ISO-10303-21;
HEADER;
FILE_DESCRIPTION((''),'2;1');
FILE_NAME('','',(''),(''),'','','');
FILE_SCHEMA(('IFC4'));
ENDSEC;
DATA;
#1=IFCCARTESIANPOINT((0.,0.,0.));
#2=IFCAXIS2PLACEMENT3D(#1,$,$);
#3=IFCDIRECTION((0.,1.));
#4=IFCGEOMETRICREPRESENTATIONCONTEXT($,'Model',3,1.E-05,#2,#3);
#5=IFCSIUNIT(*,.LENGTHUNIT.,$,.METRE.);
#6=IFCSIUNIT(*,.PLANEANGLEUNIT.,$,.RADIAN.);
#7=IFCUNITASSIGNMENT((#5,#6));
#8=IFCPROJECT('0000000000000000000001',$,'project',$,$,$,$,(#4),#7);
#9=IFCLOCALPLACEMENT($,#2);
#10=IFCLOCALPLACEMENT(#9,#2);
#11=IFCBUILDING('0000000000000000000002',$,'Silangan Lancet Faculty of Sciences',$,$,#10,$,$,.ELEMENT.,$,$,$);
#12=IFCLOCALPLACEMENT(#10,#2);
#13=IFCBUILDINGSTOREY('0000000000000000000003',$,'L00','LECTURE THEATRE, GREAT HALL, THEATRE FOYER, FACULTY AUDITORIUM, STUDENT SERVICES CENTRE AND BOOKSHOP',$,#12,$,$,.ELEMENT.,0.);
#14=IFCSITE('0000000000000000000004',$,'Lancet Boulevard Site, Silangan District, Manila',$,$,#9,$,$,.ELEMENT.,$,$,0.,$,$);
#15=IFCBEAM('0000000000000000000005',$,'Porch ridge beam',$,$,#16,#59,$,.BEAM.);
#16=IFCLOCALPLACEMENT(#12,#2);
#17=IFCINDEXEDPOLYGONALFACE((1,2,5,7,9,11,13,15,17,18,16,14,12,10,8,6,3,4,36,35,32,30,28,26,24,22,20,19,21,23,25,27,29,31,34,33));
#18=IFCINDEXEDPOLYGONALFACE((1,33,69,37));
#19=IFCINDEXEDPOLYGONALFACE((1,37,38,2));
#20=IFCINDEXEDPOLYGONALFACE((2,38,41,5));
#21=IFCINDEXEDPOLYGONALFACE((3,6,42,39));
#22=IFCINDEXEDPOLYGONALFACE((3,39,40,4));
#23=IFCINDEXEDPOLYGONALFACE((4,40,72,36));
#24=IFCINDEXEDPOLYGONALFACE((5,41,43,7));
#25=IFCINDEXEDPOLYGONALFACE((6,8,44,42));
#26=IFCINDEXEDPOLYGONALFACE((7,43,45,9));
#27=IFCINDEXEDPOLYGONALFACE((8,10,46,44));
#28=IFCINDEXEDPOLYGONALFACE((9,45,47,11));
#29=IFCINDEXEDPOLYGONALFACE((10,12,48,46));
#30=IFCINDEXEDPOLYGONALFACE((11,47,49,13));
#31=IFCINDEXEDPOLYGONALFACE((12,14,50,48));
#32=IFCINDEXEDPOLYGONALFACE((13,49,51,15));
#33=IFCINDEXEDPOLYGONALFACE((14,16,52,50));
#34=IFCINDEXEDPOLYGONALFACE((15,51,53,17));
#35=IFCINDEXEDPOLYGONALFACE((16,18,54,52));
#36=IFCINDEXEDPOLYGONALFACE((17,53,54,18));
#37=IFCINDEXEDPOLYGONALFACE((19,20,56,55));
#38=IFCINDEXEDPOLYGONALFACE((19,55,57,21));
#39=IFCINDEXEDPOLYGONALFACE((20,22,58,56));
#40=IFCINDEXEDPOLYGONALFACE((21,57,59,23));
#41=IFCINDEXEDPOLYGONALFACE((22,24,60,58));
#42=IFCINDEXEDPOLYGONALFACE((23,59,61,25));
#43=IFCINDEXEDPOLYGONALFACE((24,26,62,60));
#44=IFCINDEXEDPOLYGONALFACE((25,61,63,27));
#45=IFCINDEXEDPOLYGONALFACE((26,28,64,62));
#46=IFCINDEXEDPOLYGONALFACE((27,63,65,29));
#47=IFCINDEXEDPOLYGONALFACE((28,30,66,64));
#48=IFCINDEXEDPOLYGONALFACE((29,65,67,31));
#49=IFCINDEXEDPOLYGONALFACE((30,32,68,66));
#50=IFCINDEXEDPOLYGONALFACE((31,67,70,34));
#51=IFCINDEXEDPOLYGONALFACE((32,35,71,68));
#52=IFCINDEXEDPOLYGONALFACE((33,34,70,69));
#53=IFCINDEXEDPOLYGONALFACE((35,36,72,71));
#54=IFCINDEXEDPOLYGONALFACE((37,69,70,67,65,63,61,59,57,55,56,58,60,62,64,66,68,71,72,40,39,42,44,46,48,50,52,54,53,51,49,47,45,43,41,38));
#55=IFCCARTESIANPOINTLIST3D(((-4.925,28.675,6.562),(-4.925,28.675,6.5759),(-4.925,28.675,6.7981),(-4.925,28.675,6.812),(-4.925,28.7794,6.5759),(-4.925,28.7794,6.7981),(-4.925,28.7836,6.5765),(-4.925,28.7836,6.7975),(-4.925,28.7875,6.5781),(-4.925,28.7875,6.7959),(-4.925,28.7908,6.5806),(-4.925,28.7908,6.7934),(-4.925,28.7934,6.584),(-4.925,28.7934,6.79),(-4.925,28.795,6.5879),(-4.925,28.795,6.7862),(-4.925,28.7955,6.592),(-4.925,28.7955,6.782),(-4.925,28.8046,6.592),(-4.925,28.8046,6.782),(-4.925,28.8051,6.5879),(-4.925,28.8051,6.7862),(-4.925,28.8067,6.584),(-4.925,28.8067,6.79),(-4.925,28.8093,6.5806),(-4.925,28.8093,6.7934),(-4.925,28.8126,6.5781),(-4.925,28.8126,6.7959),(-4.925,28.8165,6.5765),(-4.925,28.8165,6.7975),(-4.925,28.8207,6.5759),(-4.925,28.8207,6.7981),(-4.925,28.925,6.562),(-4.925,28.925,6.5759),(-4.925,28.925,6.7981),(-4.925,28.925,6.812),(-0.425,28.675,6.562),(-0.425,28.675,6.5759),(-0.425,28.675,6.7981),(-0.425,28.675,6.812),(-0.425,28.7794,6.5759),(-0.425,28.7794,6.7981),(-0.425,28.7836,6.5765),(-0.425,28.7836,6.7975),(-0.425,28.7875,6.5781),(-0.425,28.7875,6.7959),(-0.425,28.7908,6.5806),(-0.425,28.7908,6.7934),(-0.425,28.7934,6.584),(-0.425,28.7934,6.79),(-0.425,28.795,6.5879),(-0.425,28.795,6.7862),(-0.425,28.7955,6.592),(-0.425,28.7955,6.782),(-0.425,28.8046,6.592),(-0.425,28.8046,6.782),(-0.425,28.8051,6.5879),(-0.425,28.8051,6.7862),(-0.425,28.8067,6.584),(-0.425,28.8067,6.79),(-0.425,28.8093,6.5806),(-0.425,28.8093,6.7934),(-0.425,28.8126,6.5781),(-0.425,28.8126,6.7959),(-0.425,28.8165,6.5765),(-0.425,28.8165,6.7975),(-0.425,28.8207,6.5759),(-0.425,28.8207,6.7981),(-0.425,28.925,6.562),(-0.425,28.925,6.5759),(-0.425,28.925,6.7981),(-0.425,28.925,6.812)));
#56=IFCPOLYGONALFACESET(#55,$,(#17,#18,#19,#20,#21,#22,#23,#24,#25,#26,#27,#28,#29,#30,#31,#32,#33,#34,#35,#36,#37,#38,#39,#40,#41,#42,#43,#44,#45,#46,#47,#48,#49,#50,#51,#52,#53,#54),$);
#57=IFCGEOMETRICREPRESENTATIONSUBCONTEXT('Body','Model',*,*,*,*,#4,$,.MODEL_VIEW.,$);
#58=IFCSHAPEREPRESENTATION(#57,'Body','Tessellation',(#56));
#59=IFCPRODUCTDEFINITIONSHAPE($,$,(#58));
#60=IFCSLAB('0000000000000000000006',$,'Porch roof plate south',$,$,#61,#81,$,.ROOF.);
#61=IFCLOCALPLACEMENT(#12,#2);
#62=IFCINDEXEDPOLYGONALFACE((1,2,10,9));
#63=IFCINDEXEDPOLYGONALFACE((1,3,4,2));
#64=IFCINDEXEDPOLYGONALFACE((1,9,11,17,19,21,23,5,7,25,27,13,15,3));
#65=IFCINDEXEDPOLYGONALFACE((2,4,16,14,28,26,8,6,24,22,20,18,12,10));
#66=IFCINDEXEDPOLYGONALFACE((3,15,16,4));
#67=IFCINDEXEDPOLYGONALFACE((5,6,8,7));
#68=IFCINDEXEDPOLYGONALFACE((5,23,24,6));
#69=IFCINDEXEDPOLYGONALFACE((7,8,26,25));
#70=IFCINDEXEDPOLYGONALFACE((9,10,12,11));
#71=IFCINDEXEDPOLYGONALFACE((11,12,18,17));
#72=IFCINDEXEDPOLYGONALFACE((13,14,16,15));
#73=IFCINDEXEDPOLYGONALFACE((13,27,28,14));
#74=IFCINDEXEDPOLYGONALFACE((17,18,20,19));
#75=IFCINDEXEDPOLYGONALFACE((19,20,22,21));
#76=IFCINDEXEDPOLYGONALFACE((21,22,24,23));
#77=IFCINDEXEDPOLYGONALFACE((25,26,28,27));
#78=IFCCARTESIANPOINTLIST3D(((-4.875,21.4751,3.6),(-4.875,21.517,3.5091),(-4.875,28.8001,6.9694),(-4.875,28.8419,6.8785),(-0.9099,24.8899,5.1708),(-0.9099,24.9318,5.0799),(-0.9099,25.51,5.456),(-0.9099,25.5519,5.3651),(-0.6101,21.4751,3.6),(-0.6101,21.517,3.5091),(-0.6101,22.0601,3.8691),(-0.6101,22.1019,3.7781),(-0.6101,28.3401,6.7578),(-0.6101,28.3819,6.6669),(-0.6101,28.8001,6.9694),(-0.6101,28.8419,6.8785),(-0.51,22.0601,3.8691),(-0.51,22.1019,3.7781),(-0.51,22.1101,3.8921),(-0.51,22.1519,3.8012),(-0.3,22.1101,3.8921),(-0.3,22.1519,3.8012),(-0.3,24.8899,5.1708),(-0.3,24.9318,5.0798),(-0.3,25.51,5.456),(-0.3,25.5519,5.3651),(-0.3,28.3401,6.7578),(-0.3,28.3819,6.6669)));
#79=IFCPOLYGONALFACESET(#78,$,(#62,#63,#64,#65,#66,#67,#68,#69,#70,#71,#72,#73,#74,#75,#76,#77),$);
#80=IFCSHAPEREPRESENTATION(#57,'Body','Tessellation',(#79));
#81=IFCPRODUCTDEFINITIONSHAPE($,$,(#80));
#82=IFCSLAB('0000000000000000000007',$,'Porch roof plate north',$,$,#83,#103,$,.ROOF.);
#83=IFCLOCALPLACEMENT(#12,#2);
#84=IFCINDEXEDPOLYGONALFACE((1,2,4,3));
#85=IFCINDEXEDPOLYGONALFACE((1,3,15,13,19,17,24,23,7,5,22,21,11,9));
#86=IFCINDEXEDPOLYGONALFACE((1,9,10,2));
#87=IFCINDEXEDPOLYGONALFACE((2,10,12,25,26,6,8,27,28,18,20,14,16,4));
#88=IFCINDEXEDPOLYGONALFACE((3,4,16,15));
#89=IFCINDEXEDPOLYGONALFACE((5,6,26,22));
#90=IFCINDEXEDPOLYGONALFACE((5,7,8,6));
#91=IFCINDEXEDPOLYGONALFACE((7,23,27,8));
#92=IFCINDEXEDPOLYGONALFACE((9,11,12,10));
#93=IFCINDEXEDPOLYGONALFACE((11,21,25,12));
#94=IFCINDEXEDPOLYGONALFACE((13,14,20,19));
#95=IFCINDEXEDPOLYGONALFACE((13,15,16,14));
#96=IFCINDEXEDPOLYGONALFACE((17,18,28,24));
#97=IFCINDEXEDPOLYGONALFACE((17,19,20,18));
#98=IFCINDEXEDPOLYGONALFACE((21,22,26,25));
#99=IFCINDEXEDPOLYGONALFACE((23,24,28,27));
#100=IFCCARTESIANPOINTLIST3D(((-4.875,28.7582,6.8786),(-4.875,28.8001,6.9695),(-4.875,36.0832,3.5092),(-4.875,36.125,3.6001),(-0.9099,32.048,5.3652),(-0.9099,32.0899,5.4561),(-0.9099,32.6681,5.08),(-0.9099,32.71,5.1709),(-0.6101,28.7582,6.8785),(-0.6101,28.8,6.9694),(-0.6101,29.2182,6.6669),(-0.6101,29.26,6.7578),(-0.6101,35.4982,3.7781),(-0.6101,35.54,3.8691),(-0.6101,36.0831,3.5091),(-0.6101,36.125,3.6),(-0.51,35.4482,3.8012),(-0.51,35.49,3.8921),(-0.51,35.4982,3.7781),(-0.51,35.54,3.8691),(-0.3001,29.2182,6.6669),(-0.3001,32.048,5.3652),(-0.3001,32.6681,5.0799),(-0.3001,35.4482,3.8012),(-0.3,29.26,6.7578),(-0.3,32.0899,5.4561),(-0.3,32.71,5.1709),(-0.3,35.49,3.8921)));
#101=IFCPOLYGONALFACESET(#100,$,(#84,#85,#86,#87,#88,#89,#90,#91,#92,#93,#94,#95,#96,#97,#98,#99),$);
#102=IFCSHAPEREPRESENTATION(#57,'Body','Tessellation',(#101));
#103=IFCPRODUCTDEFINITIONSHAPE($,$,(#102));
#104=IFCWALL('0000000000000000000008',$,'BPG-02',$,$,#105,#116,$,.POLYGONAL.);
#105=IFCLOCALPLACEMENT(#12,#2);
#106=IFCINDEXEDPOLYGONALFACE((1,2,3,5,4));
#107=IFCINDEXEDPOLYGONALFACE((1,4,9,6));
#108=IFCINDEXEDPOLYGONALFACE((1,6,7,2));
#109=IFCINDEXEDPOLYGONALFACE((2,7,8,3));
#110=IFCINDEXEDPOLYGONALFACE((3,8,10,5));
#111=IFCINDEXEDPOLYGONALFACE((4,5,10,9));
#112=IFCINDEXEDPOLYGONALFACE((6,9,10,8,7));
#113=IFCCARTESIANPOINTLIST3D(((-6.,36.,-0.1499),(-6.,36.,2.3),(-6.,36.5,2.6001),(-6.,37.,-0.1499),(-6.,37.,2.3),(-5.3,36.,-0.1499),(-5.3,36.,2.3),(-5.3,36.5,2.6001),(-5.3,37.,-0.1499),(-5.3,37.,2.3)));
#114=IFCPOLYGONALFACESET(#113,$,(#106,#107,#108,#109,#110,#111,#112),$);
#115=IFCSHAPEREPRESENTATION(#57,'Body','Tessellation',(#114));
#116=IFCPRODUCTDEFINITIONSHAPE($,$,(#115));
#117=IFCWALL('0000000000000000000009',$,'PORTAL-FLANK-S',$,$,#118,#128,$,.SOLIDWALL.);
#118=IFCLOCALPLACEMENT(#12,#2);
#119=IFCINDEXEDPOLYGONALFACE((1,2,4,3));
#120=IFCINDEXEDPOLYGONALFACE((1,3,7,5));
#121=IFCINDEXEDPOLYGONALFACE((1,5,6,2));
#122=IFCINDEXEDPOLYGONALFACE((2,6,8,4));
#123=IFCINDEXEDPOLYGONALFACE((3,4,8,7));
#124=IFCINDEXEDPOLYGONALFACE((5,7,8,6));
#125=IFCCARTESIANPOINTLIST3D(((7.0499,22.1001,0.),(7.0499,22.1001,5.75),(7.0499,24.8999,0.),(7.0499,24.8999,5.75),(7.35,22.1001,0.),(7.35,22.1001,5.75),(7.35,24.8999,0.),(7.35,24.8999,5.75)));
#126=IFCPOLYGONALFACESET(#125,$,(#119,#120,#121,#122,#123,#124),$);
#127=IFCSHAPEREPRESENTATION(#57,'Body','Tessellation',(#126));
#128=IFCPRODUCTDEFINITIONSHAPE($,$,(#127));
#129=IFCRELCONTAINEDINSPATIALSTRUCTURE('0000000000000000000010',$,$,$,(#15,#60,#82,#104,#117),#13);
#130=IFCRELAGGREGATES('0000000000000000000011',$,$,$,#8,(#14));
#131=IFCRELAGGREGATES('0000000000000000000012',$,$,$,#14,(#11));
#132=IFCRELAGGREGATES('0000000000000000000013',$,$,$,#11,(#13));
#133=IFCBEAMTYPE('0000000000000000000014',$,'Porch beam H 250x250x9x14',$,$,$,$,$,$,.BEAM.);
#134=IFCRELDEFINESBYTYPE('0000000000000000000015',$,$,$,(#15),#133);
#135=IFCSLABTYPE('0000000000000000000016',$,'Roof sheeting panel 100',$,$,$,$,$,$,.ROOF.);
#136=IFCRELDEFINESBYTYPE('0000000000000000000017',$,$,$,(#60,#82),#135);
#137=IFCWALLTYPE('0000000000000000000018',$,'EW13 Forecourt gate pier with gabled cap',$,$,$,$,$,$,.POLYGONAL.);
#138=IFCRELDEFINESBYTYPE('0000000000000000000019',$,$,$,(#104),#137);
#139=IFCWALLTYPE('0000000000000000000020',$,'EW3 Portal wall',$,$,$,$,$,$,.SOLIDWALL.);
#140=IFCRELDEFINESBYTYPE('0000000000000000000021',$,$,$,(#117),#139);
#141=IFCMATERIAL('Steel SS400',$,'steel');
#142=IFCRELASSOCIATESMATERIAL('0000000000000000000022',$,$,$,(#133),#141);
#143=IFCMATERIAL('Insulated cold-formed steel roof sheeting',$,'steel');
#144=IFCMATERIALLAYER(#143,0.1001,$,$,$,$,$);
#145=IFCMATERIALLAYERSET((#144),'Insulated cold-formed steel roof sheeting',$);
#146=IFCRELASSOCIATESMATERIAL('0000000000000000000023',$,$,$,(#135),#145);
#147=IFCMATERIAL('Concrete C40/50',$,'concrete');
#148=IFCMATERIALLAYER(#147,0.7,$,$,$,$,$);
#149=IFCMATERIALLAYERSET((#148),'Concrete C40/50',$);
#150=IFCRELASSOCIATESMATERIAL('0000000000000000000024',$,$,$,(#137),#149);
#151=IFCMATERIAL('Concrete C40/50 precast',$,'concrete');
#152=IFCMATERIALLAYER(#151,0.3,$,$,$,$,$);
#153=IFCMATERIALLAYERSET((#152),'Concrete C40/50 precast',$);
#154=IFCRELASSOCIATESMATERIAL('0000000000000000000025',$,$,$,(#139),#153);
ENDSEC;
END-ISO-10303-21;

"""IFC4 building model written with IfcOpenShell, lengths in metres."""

from ifc_helpers import new_model, si_unit, direction, frame, frame_2d, origin, origin_2d, place, context, subcontext, project, spatial, polyline, rectangle, i_section, outline, extrude, material, layer, layer_set, material_profile, profile_set, type_object, element, save


model = new_model("IFC4")

# Units and contexts
model_context = context("Model", 3, precision=1e-05, world=origin(), true_north=direction((0.0, 1.0)))
body_context = subcontext(model_context, "Body", "Model", "MODEL_VIEW")
ifc_project = project(units=[si_unit("LENGTHUNIT", "METRE"), si_unit("PLANEANGLEUNIT", "RADIAN")], contexts=[model_context])

# Site, building, storey
site_placement = place(None, origin())
site = spatial("IfcSite", under=ifc_project, at=site_placement, Name="Lancet Boulevard Site, Silangan District, Manila", CompositionType="ELEMENT", RefElevation=0.0)
building_placement = place(site_placement, origin())
building = spatial("IfcBuilding", under=site, at=building_placement, Name="Silangan Lancet Faculty of Sciences", CompositionType="ELEMENT")
storey_placement = place(building_placement, origin())
storey = spatial("IfcBuildingStorey", under=building, at=storey_placement, Name="L00", Description="LECTURE THEATRE, GREAT HALL, THEATRE FOYER, FACULTY AUDITORIUM, STUDENT SERVICES CENTRE AND BOOKSHOP", CompositionType="ELEMENT", Elevation=0.0)

# Beam
ifc_material_1 = material(Name="Steel SS400", Category="steel")
ifc_material_profile_1 = material_profile(ifc_material_1, i_section(OverallWidth=0.25, OverallDepth=0.25, WebThickness=0.009, FlangeThickness=0.0139, FilletRadius=0.0161, at=origin_2d()), Name="H 250x250x9x14")
ifc_profile_set_1 = profile_set([ifc_material_profile_1], Name="Steel SS400")
beam_type_1 = type_object("IfcBeamType", Name="Porch beam H 250x250x9x14", PredefinedType="BEAM", material=ifc_profile_set_1)
beam_1_placement = place(storey_placement, frame((-0.425, 28.8, 6.687), z_axis=(-1.0, 0.0, 0.0), x_axis=(0.0, -1.0, 0.0)))
element("IfcBeam", 1, at=beam_1_placement, inside=storey, type_object=beam_type_1, Name="Porch ridge beam", PredefinedType="BEAM", context=body_context, shape_type="SweptSolid", body=[
    extrude(i_section(OverallWidth=0.25, OverallDepth=0.25, WebThickness=0.009, FlangeThickness=0.0139, FilletRadius=0.0161, at=origin_2d()), origin(), (0.0, 0.0, 1.0), 4.5),
])

# Slabs
ifc_material_2 = material(Name="Insulated cold-formed steel roof sheeting", Category="steel")
ifc_layer_1 = layer(ifc_material_2, 0.1001)
ifc_layer_set_1 = layer_set([ifc_layer_1], Name="Insulated cold-formed steel roof sheeting")
slab_type = type_object("IfcSlabType", Name="Roof sheeting panel 100", PredefinedType="ROOF", material=ifc_layer_set_1)
slab_1_placement = place(storey_placement, frame((-0.3, 22.1101, 3.8921), z_axis=(0.000009, -0.417897, 0.908494), x_axis=(-1.0, -0.000004, 0.000008)))
element("IfcSlab", 2, at=slab_1_placement, inside=storey, type_object=slab_type, Name="Porch roof plate south", PredefinedType="ROOF", context=body_context, shape_type="SweptSolid", body=[
    extrude(outline(polyline([(0.0, 0.0), (0.21, 0.0), (0.21, 0.0551), (0.3101, 0.0551), (0.3101, 0.6989), (4.575, 0.6989), (4.575, -7.3638), (0.3101, -7.3638), (0.3101, -6.8575), (0.0, -6.8575), (0.0, -3.7424), (0.6099, -3.7424), (0.6099, -3.0598), (0.0, -3.0598), (0.0, 0.0)])), origin(), (0.0, 0.0, -1.0), 0.1001),
])
slab_2_placement = place(storey_placement, frame((-0.3, 29.26, 6.7578), z_axis=(0.00002, 0.417897, 0.908494), x_axis=(-1.0, 0.000008, 0.000018)))
element("IfcSlab", 3, at=slab_2_placement, inside=storey, type_object=slab_type, Name="Porch roof plate north", PredefinedType="ROOF", context=body_context, shape_type="SweptSolid", body=[
    extrude(outline(polyline([(0.0, 0.0), (0.3101, 0.0), (0.3101, 0.5063), (4.575, 0.5063), (4.575, -7.5564), (0.3101, -7.5564), (0.3101, -6.9125), (0.21, -6.9125), (0.21, -6.8575), (0.0, -6.8575), (0.0, -3.7974), (0.6099, -3.7974), (0.6099, -3.1149), (0.0, -3.1149), (0.0, 0.0)])), origin(), (0.0, 0.0, -1.0), 0.1001),
])

# Walls
ifc_material_3 = material(Name="Concrete C40/50", Category="concrete")
ifc_layer_2 = layer(ifc_material_3, 0.7)
ifc_layer_set_2 = layer_set([ifc_layer_2], Name="Concrete C40/50")
wall_type_1 = type_object("IfcWallType", Name="EW13 Forecourt gate pier with gabled cap", PredefinedType="POLYGONAL", material=ifc_layer_set_2)
wall_1_placement = place(storey_placement, frame((-5.6499, 36.0, -0.1499), z_axis=(0.0, 0.0, 1.0), x_axis=(0.0, 1.0, 0.0)))
element("IfcWall", 4, at=wall_1_placement, inside=storey, type_object=wall_type_1, Name="BPG-02", PredefinedType="POLYGONAL", context=body_context, shape_type="SweptSolid", body=[
    extrude(outline(polyline([(0.0, 0.0), (1.0, 0.0), (1.0, 2.45), (0.5, 2.75), (0.0, 2.45), (0.0, 0.0)])), frame((0.0, 0.3501, 0.0), z_axis=(0.0, -1.0, 0.0), x_axis=(1.0, 0.0, 0.0)), (0.0, 0.0, 1.0), 0.7),
])
ifc_material_4 = material(Name="Concrete C40/50 precast", Category="concrete")
ifc_layer_3 = layer(ifc_material_4, 0.3)
ifc_layer_set_3 = layer_set([ifc_layer_3], Name="Concrete C40/50 precast")
wall_type_2 = type_object("IfcWallType", Name="EW3 Portal wall", PredefinedType="SOLIDWALL", material=ifc_layer_set_3)
wall_2_placement = place(storey_placement, frame((7.2, 22.1001, 0.0), z_axis=(0.0, 0.0, 1.0), x_axis=(0.0, 1.0, 0.0)))
element("IfcWall", 5, at=wall_2_placement, inside=storey, type_object=wall_type_2, Name="PORTAL-FLANK-S", PredefinedType="SOLIDWALL", context=body_context, shape_type="SweptSolid", body=[
    extrude(rectangle(XDim=2.7998, YDim=0.3, at=frame_2d((1.3999, 0.0))), origin(), (0.0, 0.0, 1.0), 5.75),
])

save(model, "model.ifc")
